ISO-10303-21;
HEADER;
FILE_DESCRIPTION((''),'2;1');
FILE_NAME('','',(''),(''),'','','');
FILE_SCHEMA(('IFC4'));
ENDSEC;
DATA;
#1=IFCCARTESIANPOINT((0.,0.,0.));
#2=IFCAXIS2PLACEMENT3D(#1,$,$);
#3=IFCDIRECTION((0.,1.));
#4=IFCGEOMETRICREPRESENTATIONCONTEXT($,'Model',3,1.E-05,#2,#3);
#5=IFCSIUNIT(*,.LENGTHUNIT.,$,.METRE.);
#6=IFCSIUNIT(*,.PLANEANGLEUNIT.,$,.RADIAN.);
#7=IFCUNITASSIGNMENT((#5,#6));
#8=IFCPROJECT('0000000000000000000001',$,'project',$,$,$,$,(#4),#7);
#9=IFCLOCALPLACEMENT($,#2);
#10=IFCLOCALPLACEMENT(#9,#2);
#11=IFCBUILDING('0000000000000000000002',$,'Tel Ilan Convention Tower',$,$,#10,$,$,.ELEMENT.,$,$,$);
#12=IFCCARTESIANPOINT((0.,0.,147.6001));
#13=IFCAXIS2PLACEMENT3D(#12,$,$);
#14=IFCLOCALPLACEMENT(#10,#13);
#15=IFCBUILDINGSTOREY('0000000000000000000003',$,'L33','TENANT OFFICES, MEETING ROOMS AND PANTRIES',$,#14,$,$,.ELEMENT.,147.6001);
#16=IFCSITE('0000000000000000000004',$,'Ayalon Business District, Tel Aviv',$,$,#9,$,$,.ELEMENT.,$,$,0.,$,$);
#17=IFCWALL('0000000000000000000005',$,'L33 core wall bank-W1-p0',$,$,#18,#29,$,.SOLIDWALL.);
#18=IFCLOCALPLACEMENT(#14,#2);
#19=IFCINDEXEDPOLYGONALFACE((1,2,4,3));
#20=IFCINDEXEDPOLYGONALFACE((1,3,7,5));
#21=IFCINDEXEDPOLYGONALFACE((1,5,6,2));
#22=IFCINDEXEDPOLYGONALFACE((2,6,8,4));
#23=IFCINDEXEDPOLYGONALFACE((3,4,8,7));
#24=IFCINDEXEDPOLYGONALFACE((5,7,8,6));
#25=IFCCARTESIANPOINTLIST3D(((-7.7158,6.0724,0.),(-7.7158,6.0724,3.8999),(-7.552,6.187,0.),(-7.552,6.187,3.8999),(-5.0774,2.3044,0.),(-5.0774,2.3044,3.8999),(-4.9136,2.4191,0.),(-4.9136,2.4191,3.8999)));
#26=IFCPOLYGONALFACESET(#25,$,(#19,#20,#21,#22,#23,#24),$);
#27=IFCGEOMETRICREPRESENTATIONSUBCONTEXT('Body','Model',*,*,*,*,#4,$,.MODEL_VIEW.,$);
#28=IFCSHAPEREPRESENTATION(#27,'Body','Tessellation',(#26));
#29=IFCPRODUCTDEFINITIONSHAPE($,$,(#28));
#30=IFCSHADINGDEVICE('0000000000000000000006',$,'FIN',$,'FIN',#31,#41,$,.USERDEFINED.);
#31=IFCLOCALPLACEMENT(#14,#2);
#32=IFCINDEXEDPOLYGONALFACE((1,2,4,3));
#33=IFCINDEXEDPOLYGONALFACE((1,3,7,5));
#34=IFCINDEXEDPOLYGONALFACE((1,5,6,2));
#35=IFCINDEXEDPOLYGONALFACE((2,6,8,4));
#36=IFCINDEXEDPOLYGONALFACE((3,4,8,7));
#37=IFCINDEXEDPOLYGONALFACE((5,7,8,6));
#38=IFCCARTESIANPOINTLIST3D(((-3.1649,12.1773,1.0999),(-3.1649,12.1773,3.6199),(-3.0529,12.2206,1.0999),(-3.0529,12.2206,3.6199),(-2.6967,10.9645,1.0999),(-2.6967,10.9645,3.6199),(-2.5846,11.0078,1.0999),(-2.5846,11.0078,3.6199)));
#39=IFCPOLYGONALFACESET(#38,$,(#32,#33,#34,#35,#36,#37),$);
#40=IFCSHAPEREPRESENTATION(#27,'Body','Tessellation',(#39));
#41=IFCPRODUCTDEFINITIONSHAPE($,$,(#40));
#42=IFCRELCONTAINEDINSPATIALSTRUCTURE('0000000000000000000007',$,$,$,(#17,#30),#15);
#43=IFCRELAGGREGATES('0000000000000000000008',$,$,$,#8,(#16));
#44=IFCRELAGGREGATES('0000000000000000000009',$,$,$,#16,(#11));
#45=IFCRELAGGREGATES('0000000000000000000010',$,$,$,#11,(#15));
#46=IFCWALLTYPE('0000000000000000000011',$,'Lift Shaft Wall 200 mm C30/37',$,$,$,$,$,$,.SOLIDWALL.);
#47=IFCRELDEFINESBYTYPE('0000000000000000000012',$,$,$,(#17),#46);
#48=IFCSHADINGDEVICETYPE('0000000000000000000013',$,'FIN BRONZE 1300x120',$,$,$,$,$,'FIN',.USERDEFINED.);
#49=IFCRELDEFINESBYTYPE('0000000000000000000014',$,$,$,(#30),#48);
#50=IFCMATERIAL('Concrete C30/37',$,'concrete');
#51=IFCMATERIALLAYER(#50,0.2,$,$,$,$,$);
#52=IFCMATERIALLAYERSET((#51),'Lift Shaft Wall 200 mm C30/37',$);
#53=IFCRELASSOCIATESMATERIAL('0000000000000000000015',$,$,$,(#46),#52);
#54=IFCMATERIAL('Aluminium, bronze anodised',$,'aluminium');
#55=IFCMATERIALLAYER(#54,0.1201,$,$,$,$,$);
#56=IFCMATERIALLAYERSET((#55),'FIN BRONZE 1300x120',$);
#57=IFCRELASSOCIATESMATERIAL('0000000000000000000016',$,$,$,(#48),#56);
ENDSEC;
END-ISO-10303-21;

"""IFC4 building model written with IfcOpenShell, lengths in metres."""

from ifc_helpers import new_model, si_unit, direction, frame, frame_2d, origin, origin_2d, place, context, subcontext, project, spatial, rectangle, extrude, material, layer, layer_set, type_object, element, save


model = new_model("IFC4")

# Units and contexts
model_context = context("Model", 3, precision=1e-05, world=origin(), true_north=direction((0.0, 1.0)))
body_context = subcontext(model_context, "Body", "Model", "MODEL_VIEW")
ifc_project = project(units=[si_unit("LENGTHUNIT", "METRE"), si_unit("PLANEANGLEUNIT", "RADIAN")], contexts=[model_context])

# Site, building, storey
site_placement = place(None, origin())
site = spatial("IfcSite", under=ifc_project, at=site_placement, Name="Ayalon Business District, Tel Aviv", CompositionType="ELEMENT", RefElevation=0.0)
building_placement = place(site_placement, origin())
building = spatial("IfcBuilding", under=site, at=building_placement, Name="Tel Ilan Convention Tower", CompositionType="ELEMENT")
storey_placement = place(building_placement, frame((0.0, 0.0, 147.6001)))
storey = spatial("IfcBuildingStorey", under=building, at=storey_placement, Name="L33", Description="TENANT OFFICES, MEETING ROOMS AND PANTRIES", CompositionType="ELEMENT", Elevation=147.6001)

# Wall
ifc_material_1 = material(Name="Concrete C30/37", Category="concrete")
ifc_layer_1 = layer(ifc_material_1, 0.2)
ifc_layer_set_1 = layer_set([ifc_layer_1], Name="Lift Shaft Wall 200 mm C30/37")
wall_type_1 = type_object("IfcWallType", Name="Lift Shaft Wall 200 mm C30/37", PredefinedType="SOLIDWALL", material=ifc_layer_set_1)
wall_1_placement = place(storey_placement, frame((-4.9956, 2.3618, 0.0), z_axis=(0.0, 0.0, 1.0), x_axis=(-0.573576, 0.819152, 0.0)))
element("IfcWall", 1, at=wall_1_placement, inside=storey, type_object=wall_type_1, Name="L33 core wall bank-W1-p0", PredefinedType="SOLIDWALL", context=body_context, shape_type="SweptSolid", body=[
    extrude(rectangle(XDim=4.5999, YDim=0.2, at=frame_2d((2.2998, 0.0))), origin(), (0.0, 0.0, 1.0), 3.8999),
])

# Shading device
ifc_material_2 = material(Name="Aluminium, bronze anodised", Category="aluminium")
ifc_layer_2 = layer(ifc_material_2, 0.1201)
ifc_layer_set_2 = layer_set([ifc_layer_2], Name="FIN BRONZE 1300x120")
shading_device_type = type_object("IfcShadingDeviceType", Name="FIN BRONZE 1300x120", ElementType="FIN", PredefinedType="USERDEFINED", material=ifc_layer_set_2)
shading_device_placement = place(storey_placement, frame((-2.8748, 11.5925, 1.0999), z_axis=(0.0, 0.0, 1.0), x_axis=(-0.360178, 0.932884, 0.0)))
element("IfcShadingDevice", 2, at=shading_device_placement, inside=storey, type_object=shading_device_type, Name="FIN", ObjectType="FIN", PredefinedType="USERDEFINED", context=body_context, shape_type="SweptSolid", body=[
    extrude(rectangle(XDim=1.3, YDim=0.1201, at=origin_2d()), origin(), (0.0, 0.0, 1.0), 2.52),
])

save(model, "model.ifc")
